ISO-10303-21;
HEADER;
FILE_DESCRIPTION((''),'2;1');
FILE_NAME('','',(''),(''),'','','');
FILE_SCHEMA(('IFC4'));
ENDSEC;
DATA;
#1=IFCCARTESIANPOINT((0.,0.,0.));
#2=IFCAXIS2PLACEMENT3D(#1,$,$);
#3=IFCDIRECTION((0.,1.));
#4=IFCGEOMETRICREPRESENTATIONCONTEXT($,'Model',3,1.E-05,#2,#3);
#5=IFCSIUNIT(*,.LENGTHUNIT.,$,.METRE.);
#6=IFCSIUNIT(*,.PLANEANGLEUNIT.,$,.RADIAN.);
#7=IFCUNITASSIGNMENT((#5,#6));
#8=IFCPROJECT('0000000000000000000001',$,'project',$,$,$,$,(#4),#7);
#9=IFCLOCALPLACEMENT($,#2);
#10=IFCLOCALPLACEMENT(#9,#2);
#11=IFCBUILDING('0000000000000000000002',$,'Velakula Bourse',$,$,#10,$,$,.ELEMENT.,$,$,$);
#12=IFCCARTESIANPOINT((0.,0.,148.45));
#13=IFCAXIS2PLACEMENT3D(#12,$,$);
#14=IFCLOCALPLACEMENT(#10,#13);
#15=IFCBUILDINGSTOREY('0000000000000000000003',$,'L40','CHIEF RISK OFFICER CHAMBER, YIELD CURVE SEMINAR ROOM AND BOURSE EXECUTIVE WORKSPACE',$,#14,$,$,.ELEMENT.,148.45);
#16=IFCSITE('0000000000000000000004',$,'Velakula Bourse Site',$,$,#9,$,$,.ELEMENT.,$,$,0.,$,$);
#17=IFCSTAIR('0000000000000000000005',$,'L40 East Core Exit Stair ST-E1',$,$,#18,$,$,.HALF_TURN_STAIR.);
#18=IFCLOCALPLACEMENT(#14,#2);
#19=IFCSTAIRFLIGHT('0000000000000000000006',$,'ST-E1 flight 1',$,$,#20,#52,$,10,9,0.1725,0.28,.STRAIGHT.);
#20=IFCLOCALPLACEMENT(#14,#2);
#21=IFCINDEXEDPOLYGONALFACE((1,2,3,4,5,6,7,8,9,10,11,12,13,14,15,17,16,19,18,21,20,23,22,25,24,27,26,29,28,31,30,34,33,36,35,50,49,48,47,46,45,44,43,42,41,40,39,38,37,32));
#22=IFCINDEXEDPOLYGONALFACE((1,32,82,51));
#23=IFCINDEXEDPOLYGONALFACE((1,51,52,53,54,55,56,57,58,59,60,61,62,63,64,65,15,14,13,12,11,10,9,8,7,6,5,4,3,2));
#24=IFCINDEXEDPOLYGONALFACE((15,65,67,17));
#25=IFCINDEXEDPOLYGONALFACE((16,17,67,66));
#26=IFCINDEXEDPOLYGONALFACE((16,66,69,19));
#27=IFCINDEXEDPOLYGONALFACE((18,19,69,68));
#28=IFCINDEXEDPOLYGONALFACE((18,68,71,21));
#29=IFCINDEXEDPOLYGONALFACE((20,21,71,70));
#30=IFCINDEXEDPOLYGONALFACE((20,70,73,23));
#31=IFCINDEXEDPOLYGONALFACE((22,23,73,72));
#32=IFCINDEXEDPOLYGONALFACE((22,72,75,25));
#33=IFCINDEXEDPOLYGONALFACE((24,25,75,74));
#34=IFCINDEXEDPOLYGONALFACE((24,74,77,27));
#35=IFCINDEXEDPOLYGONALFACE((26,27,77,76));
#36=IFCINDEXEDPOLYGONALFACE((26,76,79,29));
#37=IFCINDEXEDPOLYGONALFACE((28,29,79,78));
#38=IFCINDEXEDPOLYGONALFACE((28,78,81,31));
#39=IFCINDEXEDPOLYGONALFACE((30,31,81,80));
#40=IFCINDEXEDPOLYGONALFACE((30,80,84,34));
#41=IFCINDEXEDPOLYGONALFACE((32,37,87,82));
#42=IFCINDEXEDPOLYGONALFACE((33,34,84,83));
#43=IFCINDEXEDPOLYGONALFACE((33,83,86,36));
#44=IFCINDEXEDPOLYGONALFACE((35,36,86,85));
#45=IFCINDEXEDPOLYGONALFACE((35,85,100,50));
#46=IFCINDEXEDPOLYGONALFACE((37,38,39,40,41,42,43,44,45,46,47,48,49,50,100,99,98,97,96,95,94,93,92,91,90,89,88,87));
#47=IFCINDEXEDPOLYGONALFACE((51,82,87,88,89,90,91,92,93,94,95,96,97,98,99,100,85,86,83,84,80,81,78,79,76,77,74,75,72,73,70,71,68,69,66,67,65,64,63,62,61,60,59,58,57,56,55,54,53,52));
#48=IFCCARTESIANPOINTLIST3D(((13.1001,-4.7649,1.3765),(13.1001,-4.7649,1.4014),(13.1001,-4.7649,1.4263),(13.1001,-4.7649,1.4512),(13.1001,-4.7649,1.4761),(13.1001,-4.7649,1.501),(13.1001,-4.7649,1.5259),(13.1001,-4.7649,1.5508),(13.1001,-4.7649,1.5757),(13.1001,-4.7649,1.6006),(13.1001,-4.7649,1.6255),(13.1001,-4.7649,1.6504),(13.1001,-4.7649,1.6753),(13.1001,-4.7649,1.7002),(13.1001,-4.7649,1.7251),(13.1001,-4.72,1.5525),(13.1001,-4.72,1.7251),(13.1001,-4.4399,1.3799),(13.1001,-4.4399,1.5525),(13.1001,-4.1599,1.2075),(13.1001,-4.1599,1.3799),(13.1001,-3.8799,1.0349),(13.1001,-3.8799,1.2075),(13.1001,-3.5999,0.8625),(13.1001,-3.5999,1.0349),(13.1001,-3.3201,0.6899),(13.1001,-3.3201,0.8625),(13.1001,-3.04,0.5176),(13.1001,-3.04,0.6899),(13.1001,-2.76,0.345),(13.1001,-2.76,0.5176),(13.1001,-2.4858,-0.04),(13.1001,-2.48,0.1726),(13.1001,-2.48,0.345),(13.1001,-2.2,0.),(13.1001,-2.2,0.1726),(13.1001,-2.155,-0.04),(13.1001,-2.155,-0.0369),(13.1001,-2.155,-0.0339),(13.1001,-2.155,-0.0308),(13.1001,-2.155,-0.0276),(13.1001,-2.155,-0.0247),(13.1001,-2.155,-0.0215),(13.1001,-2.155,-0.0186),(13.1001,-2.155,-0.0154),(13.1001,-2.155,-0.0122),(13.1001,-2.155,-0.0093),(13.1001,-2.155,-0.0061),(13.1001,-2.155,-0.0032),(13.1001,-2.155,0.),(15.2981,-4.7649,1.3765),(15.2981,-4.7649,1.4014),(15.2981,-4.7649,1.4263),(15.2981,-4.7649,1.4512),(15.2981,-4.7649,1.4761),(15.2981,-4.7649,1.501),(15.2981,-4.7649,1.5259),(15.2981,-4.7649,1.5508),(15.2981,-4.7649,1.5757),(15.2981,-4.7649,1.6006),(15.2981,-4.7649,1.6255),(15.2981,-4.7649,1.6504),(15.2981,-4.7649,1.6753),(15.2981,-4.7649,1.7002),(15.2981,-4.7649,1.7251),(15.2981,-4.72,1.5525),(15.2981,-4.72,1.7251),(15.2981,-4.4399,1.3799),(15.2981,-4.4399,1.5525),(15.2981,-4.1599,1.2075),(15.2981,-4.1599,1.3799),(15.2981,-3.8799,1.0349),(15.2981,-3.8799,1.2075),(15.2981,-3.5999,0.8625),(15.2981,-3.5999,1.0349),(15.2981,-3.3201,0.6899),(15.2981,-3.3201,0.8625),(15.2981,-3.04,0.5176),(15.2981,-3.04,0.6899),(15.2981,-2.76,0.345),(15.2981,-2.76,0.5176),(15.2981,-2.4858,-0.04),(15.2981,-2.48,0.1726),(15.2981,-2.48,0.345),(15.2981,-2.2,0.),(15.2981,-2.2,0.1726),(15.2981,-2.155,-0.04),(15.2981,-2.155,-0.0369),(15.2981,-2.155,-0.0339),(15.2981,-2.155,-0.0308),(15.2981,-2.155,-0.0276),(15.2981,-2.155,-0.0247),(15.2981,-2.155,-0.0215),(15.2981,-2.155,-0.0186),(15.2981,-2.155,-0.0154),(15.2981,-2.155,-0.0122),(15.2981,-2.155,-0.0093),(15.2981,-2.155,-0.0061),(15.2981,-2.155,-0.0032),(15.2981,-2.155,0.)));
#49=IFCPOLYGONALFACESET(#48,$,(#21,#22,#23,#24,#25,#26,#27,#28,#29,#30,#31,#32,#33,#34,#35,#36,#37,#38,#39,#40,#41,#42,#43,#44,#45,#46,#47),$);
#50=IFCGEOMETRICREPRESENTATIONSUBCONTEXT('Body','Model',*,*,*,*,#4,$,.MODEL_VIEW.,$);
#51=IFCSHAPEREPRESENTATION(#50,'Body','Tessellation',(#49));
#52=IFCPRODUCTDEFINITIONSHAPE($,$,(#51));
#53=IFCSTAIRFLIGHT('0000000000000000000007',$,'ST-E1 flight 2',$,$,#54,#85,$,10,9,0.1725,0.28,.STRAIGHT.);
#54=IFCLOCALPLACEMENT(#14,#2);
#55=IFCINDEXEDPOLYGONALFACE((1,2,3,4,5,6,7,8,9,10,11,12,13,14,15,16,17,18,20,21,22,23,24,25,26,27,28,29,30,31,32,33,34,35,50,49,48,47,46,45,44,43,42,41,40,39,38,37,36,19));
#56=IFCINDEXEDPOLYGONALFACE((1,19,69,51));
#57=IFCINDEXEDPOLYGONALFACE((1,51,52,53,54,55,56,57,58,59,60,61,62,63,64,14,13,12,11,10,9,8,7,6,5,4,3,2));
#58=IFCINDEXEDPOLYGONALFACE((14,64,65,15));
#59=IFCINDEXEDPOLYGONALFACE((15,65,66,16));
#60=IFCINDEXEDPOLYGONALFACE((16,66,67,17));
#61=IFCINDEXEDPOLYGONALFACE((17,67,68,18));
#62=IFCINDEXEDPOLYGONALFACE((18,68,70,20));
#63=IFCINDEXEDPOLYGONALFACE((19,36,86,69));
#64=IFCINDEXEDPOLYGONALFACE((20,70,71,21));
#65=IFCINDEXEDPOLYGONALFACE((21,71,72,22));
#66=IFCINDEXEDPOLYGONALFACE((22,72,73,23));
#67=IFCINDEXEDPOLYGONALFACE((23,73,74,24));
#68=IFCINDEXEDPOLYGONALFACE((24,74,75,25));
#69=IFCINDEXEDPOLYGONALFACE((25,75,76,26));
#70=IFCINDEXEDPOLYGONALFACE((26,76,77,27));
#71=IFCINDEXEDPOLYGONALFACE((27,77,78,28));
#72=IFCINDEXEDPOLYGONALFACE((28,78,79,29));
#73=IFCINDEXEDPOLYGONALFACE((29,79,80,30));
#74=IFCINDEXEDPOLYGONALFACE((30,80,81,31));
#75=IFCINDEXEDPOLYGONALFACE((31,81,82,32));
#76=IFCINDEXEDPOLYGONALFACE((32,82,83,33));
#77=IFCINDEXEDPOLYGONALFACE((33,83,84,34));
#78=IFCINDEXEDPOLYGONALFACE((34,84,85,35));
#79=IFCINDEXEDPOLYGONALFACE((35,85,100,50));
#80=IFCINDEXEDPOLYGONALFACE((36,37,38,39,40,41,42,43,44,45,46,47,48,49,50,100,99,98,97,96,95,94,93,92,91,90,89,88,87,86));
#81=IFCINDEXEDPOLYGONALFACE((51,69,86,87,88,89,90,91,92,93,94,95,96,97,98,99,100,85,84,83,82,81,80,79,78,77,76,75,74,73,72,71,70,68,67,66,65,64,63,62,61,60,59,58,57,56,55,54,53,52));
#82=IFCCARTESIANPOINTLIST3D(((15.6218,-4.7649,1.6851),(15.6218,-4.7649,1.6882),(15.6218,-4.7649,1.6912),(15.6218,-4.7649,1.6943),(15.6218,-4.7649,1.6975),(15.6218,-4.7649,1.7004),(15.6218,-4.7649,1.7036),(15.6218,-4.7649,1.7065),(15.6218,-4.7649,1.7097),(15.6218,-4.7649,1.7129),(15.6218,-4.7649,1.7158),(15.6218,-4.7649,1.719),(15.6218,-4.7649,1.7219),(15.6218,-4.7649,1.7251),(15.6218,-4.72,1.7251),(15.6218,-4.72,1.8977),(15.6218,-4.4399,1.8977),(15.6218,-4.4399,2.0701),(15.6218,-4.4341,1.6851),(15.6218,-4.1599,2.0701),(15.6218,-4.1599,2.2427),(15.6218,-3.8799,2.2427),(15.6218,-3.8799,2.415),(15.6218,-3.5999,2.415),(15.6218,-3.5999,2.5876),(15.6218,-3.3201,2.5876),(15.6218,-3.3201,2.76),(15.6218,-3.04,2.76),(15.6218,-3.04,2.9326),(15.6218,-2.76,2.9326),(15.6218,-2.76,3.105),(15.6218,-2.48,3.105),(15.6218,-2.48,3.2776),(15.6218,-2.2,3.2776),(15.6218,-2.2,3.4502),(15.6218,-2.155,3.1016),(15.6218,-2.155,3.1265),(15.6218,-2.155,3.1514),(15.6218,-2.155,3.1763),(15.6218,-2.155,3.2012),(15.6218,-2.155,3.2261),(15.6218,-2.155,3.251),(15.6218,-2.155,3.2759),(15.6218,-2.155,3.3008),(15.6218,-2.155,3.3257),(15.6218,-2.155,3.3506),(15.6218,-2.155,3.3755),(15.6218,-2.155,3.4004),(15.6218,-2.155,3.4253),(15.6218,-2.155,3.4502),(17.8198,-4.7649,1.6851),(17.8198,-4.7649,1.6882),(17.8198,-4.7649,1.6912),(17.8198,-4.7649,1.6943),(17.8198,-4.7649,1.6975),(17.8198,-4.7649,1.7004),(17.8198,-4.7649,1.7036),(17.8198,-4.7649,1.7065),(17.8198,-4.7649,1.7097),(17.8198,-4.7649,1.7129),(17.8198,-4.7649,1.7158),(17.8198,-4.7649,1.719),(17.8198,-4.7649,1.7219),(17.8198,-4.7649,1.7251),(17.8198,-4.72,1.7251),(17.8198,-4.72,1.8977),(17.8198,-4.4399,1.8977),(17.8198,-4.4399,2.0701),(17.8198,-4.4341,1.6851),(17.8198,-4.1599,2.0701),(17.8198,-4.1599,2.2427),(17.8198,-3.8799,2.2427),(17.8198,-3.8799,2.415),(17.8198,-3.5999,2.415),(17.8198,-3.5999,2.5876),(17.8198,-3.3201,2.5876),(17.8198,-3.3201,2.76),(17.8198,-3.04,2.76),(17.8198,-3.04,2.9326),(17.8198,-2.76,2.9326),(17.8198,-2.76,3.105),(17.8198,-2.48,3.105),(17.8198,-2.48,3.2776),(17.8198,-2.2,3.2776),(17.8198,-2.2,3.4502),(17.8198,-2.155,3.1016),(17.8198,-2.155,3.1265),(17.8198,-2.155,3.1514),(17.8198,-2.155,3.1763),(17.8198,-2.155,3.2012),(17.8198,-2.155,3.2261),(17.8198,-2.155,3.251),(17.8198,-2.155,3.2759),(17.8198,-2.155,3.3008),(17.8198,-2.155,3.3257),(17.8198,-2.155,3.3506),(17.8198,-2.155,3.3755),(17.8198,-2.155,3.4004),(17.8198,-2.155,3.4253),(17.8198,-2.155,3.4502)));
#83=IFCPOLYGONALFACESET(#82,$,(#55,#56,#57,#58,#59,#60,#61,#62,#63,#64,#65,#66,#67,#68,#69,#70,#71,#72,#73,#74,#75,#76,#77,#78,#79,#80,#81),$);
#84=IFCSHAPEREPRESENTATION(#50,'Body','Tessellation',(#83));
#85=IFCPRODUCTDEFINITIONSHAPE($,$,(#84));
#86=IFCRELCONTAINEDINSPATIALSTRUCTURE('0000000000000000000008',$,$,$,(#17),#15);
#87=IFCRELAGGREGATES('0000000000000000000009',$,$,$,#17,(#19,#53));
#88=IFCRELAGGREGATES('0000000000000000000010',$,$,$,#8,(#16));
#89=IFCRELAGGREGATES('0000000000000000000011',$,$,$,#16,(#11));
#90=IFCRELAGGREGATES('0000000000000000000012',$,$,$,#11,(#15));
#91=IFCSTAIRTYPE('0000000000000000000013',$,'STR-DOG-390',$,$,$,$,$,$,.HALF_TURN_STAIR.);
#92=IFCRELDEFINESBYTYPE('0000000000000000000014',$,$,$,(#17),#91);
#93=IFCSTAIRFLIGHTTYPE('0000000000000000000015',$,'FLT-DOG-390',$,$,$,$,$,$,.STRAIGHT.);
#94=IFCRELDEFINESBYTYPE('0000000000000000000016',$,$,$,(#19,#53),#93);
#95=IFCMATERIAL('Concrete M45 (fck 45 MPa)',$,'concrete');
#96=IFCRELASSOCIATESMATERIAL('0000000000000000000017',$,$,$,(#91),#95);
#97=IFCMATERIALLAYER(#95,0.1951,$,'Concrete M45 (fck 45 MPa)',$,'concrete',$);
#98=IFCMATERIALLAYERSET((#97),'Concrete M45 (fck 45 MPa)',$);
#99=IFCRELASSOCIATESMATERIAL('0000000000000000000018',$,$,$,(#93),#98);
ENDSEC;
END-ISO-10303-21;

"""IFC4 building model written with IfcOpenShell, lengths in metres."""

from ifc_helpers import new_model, si_unit, direction, frame, origin, place, context, subcontext, project, spatial, polyline, outline, extrude, material, layer, layer_set, type_object, element, aggregate, save


model = new_model("IFC4")

# Units and contexts
model_context = context("Model", 3, precision=1e-05, world=origin(), true_north=direction((0.0, 1.0)))
body_context = subcontext(model_context, "Body", "Model", "MODEL_VIEW")
ifc_project = project(units=[si_unit("LENGTHUNIT", "METRE"), si_unit("PLANEANGLEUNIT", "RADIAN")], contexts=[model_context])

# Site, building, storey
site_placement = place(None, origin())
site = spatial("IfcSite", under=ifc_project, at=site_placement, Name="Velakula Bourse Site", CompositionType="ELEMENT", RefElevation=0.0)
building_placement = place(site_placement, origin())
building = spatial("IfcBuilding", under=site, at=building_placement, Name="Velakula Bourse", CompositionType="ELEMENT")
storey_placement = place(building_placement, frame((0.0, 0.0, 148.45)))
storey = spatial("IfcBuildingStorey", under=building, at=storey_placement, Name="L40", Description="CHIEF RISK OFFICER CHAMBER, YIELD CURVE SEMINAR ROOM AND BOURSE EXECUTIVE WORKSPACE", CompositionType="ELEMENT", Elevation=148.45)

# Stair, stair flights
ifc_material_1 = material(Name="Concrete M45 (fck 45 MPa)", Category="concrete")
stair_type = type_object("IfcStairType", Name="STR-DOG-390", PredefinedType="HALF_TURN_STAIR", material=ifc_material_1)
stair_placement = place(storey_placement, origin())
stair = element("IfcStair", 1, at=stair_placement, inside=storey, type_object=stair_type, Name="L40 East Core Exit Stair ST-E1", PredefinedType="HALF_TURN_STAIR")
ifc_layer_1 = layer(ifc_material_1, 0.1951, Name="Concrete M45 (fck 45 MPa)", Category="concrete")
ifc_layer_set_1 = layer_set([ifc_layer_1], Name="Concrete M45 (fck 45 MPa)")
stair_flight_type = type_object("IfcStairFlightType", Name="FLT-DOG-390", PredefinedType="STRAIGHT", material=ifc_layer_set_1)
stair_flight_1_placement = place(storey_placement, frame((14.199, -2.2, 0.0), z_axis=(0.0, 0.0, 1.0), x_axis=(0.0, -1.0, 0.0)))
stair_flight_1 = element("IfcStairFlight", 2, at=stair_flight_1_placement, type_object=stair_flight_type, Name="ST-E1 flight 1", NumberOfRisers=10, NumberOfTreads=9, PredefinedType="STRAIGHT", RiserHeight=0.1725, TreadLength=0.28, context=body_context, shape_type="SweptSolid", body=[
    extrude(outline(polyline([(-0.0449, -0.04), (-0.0449, -0.0369), (-0.0449, -0.0339), (-0.0449, -0.0308), (-0.0449, -0.0276), (-0.0449, -0.0247), (-0.0449, -0.0215), (-0.0449, -0.0186), (-0.0449, -0.0154), (-0.0449, -0.0122), (-0.0449, -0.0093), (-0.0449, -0.0061), (-0.0449, -0.0032), (-0.0449, 0.0), (0.0, 0.0), (0.0, 0.1726), (0.28, 0.1726), (0.28, 0.345), (0.5601, 0.345), (0.5601, 0.5176), (0.8401, 0.5176), (0.8401, 0.6899), (1.1201, 0.6899), (1.1201, 0.8625), (1.3999, 0.8625), (1.3999, 1.0349), (1.6799, 1.0349), (1.6799, 1.2075), (1.96, 1.2075), (1.96, 1.3799), (2.24, 1.3799), (2.24, 1.5525), (2.52, 1.5525), (2.52, 1.7251), (2.5649, 1.7251), (2.5649, 1.7002), (2.5649, 1.6753), (2.5649, 1.6504), (2.5649, 1.6255), (2.5649, 1.6006), (2.5649, 1.5757), (2.5649, 1.5508), (2.5649, 1.5259), (2.5649, 1.501), (2.5649, 1.4761), (2.5649, 1.4512), (2.5649, 1.4263), (2.5649, 1.4014), (2.5649, 1.3765), (0.2859, -0.04), (-0.0449, -0.04)])), frame((0.0, 1.0991, 0.0), z_axis=(0.0, -1.0, 0.0), x_axis=(1.0, 0.0, 0.0)), (0.0, 0.0, 1.0), 2.198),
])
stair_flight_2_placement = place(storey_placement, frame((16.7209, -4.72, 1.7251), z_axis=(0.0, 0.0, 1.0), x_axis=(0.0, 1.0, 0.0)))
stair_flight_2 = element("IfcStairFlight", 3, at=stair_flight_2_placement, type_object=stair_flight_type, Name="ST-E1 flight 2", NumberOfRisers=10, NumberOfTreads=9, PredefinedType="STRAIGHT", RiserHeight=0.1725, TreadLength=0.28, context=body_context, shape_type="SweptSolid", body=[
    extrude(outline(polyline([(-0.0449, -0.04), (-0.0449, -0.0369), (-0.0449, -0.0339), (-0.0449, -0.0308), (-0.0449, -0.0276), (-0.0449, -0.0247), (-0.0449, -0.0215), (-0.0449, -0.0186), (-0.0449, -0.0154), (-0.0449, -0.0122), (-0.0449, -0.0093), (-0.0449, -0.0061), (-0.0449, -0.0032), (-0.0449, 0.0), (0.0, 0.0), (0.0, 0.1726), (0.28, 0.1726), (0.28, 0.345), (0.5601, 0.345), (0.5601, 0.5176), (0.8401, 0.5176), (0.8401, 0.6899), (1.1201, 0.6899), (1.1201, 0.8625), (1.3999, 0.8625), (1.3999, 1.0349), (1.6799, 1.0349), (1.6799, 1.2075), (1.96, 1.2075), (1.96, 1.3799), (2.24, 1.3799), (2.24, 1.5525), (2.52, 1.5525), (2.52, 1.7251), (2.5649, 1.7251), (2.5649, 1.7002), (2.5649, 1.6753), (2.5649, 1.6504), (2.5649, 1.6255), (2.5649, 1.6006), (2.5649, 1.5757), (2.5649, 1.5508), (2.5649, 1.5259), (2.5649, 1.501), (2.5649, 1.4761), (2.5649, 1.4512), (2.5649, 1.4263), (2.5649, 1.4014), (2.5649, 1.3765), (0.2859, -0.04), (-0.0449, -0.04)])), frame((0.0, 1.0991, 0.0), z_axis=(0.0, -1.0, 0.0), x_axis=(1.0, 0.0, 0.0)), (0.0, 0.0, 1.0), 2.198),
])
aggregate(stair, [stair_flight_1, stair_flight_2])

save(model, "model.ifc")
